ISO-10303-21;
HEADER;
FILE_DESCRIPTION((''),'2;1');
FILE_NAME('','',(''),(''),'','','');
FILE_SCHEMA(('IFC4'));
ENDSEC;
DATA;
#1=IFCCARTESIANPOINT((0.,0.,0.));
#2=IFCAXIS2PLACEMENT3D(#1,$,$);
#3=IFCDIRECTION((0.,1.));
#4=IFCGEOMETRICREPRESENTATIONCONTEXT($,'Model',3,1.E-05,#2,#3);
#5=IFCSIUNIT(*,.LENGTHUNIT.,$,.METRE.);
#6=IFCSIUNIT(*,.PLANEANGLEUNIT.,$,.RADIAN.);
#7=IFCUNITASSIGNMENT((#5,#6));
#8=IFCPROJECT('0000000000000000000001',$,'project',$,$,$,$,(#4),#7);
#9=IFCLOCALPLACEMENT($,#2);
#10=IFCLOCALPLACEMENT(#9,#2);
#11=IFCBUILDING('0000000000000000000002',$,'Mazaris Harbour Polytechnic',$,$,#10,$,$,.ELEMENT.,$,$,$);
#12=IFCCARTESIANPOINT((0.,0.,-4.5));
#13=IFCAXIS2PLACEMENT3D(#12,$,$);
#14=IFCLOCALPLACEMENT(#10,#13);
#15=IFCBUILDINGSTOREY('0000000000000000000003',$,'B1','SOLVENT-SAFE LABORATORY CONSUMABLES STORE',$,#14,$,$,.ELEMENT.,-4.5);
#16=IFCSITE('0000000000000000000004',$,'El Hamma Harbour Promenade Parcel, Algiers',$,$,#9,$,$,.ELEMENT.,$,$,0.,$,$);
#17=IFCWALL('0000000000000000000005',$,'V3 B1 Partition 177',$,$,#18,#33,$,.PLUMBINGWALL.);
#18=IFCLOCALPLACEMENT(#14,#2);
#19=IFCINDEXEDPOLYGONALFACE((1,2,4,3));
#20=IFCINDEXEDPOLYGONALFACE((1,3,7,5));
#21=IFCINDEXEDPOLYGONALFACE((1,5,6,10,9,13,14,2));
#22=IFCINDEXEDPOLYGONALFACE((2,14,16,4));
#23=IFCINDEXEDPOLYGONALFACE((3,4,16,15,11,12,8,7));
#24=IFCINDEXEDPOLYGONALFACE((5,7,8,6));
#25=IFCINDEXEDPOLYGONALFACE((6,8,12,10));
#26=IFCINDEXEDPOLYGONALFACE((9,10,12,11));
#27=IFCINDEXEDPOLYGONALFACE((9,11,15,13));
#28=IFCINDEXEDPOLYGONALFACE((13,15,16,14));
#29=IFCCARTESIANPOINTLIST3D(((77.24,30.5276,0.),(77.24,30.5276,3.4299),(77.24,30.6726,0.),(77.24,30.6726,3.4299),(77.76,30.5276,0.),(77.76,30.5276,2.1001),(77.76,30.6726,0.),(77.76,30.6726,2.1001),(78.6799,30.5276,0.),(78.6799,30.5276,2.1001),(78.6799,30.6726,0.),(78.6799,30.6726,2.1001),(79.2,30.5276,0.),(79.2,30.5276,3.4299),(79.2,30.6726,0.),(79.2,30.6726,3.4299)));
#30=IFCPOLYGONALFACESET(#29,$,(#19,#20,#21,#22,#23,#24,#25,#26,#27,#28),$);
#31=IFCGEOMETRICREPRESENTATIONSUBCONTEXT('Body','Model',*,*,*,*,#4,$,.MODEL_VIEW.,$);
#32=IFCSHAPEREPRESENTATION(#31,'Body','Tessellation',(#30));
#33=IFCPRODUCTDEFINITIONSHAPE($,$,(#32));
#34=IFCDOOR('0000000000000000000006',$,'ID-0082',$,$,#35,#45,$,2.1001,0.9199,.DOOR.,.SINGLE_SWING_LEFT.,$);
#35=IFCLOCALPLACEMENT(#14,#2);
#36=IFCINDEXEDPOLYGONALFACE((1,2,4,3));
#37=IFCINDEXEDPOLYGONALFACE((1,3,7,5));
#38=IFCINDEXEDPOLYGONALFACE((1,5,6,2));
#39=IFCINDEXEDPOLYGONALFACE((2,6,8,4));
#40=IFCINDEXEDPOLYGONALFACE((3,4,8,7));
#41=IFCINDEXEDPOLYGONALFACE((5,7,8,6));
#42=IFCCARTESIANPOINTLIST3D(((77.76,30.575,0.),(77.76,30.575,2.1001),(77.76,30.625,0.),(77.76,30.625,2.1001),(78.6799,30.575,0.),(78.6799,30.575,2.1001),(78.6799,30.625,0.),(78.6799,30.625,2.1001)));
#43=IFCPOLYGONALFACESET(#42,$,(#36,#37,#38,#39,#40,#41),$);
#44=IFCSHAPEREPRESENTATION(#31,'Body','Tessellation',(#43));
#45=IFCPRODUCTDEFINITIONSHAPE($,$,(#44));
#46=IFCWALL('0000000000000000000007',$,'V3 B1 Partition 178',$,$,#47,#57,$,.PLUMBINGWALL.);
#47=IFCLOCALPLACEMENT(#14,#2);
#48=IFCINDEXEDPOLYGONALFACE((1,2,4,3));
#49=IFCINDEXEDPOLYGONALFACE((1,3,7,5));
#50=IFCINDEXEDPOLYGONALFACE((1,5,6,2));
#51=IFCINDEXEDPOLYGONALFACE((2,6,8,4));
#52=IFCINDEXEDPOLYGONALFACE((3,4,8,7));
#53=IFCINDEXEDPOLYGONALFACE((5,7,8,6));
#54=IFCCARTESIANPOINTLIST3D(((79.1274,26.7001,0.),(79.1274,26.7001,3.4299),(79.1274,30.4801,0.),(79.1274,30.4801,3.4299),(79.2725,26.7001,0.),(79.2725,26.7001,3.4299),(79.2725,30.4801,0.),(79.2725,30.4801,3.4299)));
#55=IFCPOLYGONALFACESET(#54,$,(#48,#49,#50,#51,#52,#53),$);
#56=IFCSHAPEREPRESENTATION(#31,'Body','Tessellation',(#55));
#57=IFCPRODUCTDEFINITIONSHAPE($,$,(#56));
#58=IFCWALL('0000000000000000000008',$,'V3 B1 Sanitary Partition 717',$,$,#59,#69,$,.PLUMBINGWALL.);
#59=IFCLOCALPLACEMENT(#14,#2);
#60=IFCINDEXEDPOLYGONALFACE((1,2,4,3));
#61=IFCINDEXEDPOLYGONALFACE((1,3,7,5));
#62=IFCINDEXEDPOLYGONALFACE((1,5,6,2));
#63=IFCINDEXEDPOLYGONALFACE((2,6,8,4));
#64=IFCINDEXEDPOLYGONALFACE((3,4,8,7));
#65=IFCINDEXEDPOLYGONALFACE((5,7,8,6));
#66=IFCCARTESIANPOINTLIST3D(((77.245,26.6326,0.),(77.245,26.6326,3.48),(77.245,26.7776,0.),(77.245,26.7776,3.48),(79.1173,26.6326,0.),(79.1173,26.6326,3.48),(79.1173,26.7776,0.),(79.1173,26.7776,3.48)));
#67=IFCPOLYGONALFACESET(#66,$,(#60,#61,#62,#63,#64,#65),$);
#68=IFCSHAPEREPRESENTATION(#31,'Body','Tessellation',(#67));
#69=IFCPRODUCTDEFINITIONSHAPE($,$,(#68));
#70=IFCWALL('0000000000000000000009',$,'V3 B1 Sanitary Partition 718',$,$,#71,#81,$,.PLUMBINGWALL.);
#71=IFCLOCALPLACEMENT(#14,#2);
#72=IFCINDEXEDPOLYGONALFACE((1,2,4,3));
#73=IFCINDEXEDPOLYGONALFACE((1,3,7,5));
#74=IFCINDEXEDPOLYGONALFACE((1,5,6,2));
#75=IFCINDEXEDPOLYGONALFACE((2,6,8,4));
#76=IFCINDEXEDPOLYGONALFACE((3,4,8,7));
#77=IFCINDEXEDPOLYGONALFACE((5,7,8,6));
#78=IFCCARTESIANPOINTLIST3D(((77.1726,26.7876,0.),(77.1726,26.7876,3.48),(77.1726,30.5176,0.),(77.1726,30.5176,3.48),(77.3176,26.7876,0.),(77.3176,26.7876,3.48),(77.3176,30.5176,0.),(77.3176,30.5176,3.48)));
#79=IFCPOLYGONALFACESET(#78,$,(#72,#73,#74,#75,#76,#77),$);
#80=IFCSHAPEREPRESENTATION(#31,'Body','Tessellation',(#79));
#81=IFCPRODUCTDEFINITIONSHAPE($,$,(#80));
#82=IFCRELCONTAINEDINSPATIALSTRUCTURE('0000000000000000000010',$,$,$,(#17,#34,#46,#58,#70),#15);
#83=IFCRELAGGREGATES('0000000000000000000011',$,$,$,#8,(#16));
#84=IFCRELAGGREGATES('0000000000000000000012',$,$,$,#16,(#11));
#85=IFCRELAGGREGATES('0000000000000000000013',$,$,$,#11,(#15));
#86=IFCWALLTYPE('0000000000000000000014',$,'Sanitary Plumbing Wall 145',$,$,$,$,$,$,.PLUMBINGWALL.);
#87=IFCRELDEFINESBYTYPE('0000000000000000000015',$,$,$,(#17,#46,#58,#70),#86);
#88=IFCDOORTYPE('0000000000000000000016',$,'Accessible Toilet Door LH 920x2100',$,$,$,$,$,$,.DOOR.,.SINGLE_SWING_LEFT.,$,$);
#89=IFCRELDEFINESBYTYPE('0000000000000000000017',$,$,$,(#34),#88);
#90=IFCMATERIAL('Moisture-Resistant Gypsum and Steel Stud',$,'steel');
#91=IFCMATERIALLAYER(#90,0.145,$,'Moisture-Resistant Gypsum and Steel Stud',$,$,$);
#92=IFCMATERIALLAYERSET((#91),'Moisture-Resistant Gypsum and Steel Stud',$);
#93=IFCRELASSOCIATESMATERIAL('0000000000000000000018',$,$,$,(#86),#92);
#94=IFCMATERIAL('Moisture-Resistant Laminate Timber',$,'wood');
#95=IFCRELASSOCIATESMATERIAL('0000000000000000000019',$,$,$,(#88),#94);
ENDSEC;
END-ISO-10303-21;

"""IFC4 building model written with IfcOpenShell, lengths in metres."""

from ifc_helpers import new_model, si_unit, direction, frame, frame_2d, origin, place, context, subcontext, project, spatial, rectangle, extrude, material, layer, layer_set, type_object, element, fill, save


model = new_model("IFC4")

# Units and contexts
model_context = context("Model", 3, precision=1e-05, world=origin(), true_north=direction((0.0, 1.0)))
body_context = subcontext(model_context, "Body", "Model", "MODEL_VIEW")
ifc_project = project(units=[si_unit("LENGTHUNIT", "METRE"), si_unit("PLANEANGLEUNIT", "RADIAN")], contexts=[model_context])

# Site, building, storey
site_placement = place(None, origin())
site = spatial("IfcSite", under=ifc_project, at=site_placement, Name="El Hamma Harbour Promenade Parcel, Algiers", CompositionType="ELEMENT", RefElevation=0.0)
building_placement = place(site_placement, origin())
building = spatial("IfcBuilding", under=site, at=building_placement, Name="Mazaris Harbour Polytechnic", CompositionType="ELEMENT")
storey_placement = place(building_placement, frame((0.0, 0.0, -4.5)))
storey = spatial("IfcBuildingStorey", under=building, at=storey_placement, Name="B1", Description="SOLVENT-SAFE LABORATORY CONSUMABLES STORE", CompositionType="ELEMENT", Elevation=-4.5)

# Wall, opening, door
ifc_material_1 = material(Name="Moisture-Resistant Gypsum and Steel Stud", Category="steel")
ifc_layer_1 = layer(ifc_material_1, 0.145, Name="Moisture-Resistant Gypsum and Steel Stud")
ifc_layer_set_1 = layer_set([ifc_layer_1], Name="Moisture-Resistant Gypsum and Steel Stud")
wall_type_1 = type_object("IfcWallType", Name="Sanitary Plumbing Wall 145", PredefinedType="PLUMBINGWALL", material=ifc_layer_set_1)
wall_1_placement = place(storey_placement, frame((77.24, 30.6001, 0.0), z_axis=(0.0, 0.0, 1.0), x_axis=(1.0, 0.0, 0.0)))
wall_1 = element("IfcWall", 1, at=wall_1_placement, inside=storey, type_object=wall_type_1, Name="V3 B1 Partition 177", PredefinedType="PLUMBINGWALL", context=body_context, shape_type="SweptSolid", body=[
    extrude(rectangle(XDim=1.96, YDim=0.145, at=frame_2d((0.98, 0.0))), origin(), (0.0, 0.0, 1.0), 3.4299),
])
opening_1_placement = place(wall_1_placement, frame((0.52, 0.0, 0.0)))
opening_1 = element("IfcOpeningElement", 2, at=opening_1_placement, cuts=wall_1, PredefinedType="OPENING", context=body_context, shape_type="SweptSolid", body=[
    extrude(rectangle(XDim=0.9199, YDim=2.1001, at=frame_2d((0.46, 1.05))), frame((0.0, 0.0825, 0.0), z_axis=(0.0, -1.0, 0.0), x_axis=(1.0, 0.0, 0.0)), (0.0, 0.0, 1.0), 0.165),
])
ifc_material_2 = material(Name="Moisture-Resistant Laminate Timber", Category="wood")
door_type_1 = type_object("IfcDoorType", Name="Accessible Toilet Door LH 920x2100", OperationType="SINGLE_SWING_LEFT", PredefinedType="DOOR", material=ifc_material_2)
door_1_placement = place(opening_1_placement, origin())
door_1 = element("IfcDoor", 3, at=door_1_placement, inside=storey, type_object=door_type_1, Name="ID-0082", OperationType="SINGLE_SWING_LEFT", OverallHeight=2.1001, OverallWidth=0.9199, PredefinedType="DOOR", context=body_context, shape_type="SweptSolid", body=[
    extrude(rectangle(XDim=0.9199, YDim=2.1001, at=frame_2d((0.46, 1.05))), frame((0.0, 0.0249, 0.0), z_axis=(0.0, -1.0, 0.0), x_axis=(1.0, 0.0, 0.0)), (0.0, 0.0, 1.0), 0.05),
])
fill(opening_1, door_1)

# Walls
wall_2_placement = place(storey_placement, frame((79.2, 26.7, 0.0), z_axis=(0.0, 0.0, 1.0), x_axis=(0.0, 1.0, 0.0)))
element("IfcWall", 4, at=wall_2_placement, inside=storey, type_object=wall_type_1, Name="V3 B1 Partition 178", PredefinedType="PLUMBINGWALL", context=body_context, shape_type="SweptSolid", body=[
    extrude(rectangle(XDim=3.78, YDim=0.145, at=frame_2d((1.8901, 0.0))), origin(), (0.0, 0.0, 1.0), 3.4299),
])
wall_3_placement = place(storey_placement, frame((77.2451, 26.7051, 0.0), z_axis=(0.0, 0.0, 1.0), x_axis=(1.0, 0.0, 0.0)))
element("IfcWall", 5, at=wall_3_placement, inside=storey, type_object=wall_type_1, Name="V3 B1 Sanitary Partition 717", PredefinedType="PLUMBINGWALL", context=body_context, shape_type="SweptSolid", body=[
    extrude(rectangle(XDim=1.8723, YDim=0.145, at=frame_2d((0.936, 0.0))), origin(), (0.0, 0.0, 1.0), 3.48),
])
wall_4_placement = place(storey_placement, frame((77.2451, 26.7876, 0.0), z_axis=(0.0, 0.0, 1.0), x_axis=(0.0, 1.0, 0.0)))
element("IfcWall", 6, at=wall_4_placement, inside=storey, type_object=wall_type_1, Name="V3 B1 Sanitary Partition 718", PredefinedType="PLUMBINGWALL", context=body_context, shape_type="SweptSolid", body=[
    extrude(rectangle(XDim=3.73, YDim=0.145, at=frame_2d((1.865, 0.0))), origin(), (0.0, 0.0, 1.0), 3.48),
])

save(model, "model.ifc")
